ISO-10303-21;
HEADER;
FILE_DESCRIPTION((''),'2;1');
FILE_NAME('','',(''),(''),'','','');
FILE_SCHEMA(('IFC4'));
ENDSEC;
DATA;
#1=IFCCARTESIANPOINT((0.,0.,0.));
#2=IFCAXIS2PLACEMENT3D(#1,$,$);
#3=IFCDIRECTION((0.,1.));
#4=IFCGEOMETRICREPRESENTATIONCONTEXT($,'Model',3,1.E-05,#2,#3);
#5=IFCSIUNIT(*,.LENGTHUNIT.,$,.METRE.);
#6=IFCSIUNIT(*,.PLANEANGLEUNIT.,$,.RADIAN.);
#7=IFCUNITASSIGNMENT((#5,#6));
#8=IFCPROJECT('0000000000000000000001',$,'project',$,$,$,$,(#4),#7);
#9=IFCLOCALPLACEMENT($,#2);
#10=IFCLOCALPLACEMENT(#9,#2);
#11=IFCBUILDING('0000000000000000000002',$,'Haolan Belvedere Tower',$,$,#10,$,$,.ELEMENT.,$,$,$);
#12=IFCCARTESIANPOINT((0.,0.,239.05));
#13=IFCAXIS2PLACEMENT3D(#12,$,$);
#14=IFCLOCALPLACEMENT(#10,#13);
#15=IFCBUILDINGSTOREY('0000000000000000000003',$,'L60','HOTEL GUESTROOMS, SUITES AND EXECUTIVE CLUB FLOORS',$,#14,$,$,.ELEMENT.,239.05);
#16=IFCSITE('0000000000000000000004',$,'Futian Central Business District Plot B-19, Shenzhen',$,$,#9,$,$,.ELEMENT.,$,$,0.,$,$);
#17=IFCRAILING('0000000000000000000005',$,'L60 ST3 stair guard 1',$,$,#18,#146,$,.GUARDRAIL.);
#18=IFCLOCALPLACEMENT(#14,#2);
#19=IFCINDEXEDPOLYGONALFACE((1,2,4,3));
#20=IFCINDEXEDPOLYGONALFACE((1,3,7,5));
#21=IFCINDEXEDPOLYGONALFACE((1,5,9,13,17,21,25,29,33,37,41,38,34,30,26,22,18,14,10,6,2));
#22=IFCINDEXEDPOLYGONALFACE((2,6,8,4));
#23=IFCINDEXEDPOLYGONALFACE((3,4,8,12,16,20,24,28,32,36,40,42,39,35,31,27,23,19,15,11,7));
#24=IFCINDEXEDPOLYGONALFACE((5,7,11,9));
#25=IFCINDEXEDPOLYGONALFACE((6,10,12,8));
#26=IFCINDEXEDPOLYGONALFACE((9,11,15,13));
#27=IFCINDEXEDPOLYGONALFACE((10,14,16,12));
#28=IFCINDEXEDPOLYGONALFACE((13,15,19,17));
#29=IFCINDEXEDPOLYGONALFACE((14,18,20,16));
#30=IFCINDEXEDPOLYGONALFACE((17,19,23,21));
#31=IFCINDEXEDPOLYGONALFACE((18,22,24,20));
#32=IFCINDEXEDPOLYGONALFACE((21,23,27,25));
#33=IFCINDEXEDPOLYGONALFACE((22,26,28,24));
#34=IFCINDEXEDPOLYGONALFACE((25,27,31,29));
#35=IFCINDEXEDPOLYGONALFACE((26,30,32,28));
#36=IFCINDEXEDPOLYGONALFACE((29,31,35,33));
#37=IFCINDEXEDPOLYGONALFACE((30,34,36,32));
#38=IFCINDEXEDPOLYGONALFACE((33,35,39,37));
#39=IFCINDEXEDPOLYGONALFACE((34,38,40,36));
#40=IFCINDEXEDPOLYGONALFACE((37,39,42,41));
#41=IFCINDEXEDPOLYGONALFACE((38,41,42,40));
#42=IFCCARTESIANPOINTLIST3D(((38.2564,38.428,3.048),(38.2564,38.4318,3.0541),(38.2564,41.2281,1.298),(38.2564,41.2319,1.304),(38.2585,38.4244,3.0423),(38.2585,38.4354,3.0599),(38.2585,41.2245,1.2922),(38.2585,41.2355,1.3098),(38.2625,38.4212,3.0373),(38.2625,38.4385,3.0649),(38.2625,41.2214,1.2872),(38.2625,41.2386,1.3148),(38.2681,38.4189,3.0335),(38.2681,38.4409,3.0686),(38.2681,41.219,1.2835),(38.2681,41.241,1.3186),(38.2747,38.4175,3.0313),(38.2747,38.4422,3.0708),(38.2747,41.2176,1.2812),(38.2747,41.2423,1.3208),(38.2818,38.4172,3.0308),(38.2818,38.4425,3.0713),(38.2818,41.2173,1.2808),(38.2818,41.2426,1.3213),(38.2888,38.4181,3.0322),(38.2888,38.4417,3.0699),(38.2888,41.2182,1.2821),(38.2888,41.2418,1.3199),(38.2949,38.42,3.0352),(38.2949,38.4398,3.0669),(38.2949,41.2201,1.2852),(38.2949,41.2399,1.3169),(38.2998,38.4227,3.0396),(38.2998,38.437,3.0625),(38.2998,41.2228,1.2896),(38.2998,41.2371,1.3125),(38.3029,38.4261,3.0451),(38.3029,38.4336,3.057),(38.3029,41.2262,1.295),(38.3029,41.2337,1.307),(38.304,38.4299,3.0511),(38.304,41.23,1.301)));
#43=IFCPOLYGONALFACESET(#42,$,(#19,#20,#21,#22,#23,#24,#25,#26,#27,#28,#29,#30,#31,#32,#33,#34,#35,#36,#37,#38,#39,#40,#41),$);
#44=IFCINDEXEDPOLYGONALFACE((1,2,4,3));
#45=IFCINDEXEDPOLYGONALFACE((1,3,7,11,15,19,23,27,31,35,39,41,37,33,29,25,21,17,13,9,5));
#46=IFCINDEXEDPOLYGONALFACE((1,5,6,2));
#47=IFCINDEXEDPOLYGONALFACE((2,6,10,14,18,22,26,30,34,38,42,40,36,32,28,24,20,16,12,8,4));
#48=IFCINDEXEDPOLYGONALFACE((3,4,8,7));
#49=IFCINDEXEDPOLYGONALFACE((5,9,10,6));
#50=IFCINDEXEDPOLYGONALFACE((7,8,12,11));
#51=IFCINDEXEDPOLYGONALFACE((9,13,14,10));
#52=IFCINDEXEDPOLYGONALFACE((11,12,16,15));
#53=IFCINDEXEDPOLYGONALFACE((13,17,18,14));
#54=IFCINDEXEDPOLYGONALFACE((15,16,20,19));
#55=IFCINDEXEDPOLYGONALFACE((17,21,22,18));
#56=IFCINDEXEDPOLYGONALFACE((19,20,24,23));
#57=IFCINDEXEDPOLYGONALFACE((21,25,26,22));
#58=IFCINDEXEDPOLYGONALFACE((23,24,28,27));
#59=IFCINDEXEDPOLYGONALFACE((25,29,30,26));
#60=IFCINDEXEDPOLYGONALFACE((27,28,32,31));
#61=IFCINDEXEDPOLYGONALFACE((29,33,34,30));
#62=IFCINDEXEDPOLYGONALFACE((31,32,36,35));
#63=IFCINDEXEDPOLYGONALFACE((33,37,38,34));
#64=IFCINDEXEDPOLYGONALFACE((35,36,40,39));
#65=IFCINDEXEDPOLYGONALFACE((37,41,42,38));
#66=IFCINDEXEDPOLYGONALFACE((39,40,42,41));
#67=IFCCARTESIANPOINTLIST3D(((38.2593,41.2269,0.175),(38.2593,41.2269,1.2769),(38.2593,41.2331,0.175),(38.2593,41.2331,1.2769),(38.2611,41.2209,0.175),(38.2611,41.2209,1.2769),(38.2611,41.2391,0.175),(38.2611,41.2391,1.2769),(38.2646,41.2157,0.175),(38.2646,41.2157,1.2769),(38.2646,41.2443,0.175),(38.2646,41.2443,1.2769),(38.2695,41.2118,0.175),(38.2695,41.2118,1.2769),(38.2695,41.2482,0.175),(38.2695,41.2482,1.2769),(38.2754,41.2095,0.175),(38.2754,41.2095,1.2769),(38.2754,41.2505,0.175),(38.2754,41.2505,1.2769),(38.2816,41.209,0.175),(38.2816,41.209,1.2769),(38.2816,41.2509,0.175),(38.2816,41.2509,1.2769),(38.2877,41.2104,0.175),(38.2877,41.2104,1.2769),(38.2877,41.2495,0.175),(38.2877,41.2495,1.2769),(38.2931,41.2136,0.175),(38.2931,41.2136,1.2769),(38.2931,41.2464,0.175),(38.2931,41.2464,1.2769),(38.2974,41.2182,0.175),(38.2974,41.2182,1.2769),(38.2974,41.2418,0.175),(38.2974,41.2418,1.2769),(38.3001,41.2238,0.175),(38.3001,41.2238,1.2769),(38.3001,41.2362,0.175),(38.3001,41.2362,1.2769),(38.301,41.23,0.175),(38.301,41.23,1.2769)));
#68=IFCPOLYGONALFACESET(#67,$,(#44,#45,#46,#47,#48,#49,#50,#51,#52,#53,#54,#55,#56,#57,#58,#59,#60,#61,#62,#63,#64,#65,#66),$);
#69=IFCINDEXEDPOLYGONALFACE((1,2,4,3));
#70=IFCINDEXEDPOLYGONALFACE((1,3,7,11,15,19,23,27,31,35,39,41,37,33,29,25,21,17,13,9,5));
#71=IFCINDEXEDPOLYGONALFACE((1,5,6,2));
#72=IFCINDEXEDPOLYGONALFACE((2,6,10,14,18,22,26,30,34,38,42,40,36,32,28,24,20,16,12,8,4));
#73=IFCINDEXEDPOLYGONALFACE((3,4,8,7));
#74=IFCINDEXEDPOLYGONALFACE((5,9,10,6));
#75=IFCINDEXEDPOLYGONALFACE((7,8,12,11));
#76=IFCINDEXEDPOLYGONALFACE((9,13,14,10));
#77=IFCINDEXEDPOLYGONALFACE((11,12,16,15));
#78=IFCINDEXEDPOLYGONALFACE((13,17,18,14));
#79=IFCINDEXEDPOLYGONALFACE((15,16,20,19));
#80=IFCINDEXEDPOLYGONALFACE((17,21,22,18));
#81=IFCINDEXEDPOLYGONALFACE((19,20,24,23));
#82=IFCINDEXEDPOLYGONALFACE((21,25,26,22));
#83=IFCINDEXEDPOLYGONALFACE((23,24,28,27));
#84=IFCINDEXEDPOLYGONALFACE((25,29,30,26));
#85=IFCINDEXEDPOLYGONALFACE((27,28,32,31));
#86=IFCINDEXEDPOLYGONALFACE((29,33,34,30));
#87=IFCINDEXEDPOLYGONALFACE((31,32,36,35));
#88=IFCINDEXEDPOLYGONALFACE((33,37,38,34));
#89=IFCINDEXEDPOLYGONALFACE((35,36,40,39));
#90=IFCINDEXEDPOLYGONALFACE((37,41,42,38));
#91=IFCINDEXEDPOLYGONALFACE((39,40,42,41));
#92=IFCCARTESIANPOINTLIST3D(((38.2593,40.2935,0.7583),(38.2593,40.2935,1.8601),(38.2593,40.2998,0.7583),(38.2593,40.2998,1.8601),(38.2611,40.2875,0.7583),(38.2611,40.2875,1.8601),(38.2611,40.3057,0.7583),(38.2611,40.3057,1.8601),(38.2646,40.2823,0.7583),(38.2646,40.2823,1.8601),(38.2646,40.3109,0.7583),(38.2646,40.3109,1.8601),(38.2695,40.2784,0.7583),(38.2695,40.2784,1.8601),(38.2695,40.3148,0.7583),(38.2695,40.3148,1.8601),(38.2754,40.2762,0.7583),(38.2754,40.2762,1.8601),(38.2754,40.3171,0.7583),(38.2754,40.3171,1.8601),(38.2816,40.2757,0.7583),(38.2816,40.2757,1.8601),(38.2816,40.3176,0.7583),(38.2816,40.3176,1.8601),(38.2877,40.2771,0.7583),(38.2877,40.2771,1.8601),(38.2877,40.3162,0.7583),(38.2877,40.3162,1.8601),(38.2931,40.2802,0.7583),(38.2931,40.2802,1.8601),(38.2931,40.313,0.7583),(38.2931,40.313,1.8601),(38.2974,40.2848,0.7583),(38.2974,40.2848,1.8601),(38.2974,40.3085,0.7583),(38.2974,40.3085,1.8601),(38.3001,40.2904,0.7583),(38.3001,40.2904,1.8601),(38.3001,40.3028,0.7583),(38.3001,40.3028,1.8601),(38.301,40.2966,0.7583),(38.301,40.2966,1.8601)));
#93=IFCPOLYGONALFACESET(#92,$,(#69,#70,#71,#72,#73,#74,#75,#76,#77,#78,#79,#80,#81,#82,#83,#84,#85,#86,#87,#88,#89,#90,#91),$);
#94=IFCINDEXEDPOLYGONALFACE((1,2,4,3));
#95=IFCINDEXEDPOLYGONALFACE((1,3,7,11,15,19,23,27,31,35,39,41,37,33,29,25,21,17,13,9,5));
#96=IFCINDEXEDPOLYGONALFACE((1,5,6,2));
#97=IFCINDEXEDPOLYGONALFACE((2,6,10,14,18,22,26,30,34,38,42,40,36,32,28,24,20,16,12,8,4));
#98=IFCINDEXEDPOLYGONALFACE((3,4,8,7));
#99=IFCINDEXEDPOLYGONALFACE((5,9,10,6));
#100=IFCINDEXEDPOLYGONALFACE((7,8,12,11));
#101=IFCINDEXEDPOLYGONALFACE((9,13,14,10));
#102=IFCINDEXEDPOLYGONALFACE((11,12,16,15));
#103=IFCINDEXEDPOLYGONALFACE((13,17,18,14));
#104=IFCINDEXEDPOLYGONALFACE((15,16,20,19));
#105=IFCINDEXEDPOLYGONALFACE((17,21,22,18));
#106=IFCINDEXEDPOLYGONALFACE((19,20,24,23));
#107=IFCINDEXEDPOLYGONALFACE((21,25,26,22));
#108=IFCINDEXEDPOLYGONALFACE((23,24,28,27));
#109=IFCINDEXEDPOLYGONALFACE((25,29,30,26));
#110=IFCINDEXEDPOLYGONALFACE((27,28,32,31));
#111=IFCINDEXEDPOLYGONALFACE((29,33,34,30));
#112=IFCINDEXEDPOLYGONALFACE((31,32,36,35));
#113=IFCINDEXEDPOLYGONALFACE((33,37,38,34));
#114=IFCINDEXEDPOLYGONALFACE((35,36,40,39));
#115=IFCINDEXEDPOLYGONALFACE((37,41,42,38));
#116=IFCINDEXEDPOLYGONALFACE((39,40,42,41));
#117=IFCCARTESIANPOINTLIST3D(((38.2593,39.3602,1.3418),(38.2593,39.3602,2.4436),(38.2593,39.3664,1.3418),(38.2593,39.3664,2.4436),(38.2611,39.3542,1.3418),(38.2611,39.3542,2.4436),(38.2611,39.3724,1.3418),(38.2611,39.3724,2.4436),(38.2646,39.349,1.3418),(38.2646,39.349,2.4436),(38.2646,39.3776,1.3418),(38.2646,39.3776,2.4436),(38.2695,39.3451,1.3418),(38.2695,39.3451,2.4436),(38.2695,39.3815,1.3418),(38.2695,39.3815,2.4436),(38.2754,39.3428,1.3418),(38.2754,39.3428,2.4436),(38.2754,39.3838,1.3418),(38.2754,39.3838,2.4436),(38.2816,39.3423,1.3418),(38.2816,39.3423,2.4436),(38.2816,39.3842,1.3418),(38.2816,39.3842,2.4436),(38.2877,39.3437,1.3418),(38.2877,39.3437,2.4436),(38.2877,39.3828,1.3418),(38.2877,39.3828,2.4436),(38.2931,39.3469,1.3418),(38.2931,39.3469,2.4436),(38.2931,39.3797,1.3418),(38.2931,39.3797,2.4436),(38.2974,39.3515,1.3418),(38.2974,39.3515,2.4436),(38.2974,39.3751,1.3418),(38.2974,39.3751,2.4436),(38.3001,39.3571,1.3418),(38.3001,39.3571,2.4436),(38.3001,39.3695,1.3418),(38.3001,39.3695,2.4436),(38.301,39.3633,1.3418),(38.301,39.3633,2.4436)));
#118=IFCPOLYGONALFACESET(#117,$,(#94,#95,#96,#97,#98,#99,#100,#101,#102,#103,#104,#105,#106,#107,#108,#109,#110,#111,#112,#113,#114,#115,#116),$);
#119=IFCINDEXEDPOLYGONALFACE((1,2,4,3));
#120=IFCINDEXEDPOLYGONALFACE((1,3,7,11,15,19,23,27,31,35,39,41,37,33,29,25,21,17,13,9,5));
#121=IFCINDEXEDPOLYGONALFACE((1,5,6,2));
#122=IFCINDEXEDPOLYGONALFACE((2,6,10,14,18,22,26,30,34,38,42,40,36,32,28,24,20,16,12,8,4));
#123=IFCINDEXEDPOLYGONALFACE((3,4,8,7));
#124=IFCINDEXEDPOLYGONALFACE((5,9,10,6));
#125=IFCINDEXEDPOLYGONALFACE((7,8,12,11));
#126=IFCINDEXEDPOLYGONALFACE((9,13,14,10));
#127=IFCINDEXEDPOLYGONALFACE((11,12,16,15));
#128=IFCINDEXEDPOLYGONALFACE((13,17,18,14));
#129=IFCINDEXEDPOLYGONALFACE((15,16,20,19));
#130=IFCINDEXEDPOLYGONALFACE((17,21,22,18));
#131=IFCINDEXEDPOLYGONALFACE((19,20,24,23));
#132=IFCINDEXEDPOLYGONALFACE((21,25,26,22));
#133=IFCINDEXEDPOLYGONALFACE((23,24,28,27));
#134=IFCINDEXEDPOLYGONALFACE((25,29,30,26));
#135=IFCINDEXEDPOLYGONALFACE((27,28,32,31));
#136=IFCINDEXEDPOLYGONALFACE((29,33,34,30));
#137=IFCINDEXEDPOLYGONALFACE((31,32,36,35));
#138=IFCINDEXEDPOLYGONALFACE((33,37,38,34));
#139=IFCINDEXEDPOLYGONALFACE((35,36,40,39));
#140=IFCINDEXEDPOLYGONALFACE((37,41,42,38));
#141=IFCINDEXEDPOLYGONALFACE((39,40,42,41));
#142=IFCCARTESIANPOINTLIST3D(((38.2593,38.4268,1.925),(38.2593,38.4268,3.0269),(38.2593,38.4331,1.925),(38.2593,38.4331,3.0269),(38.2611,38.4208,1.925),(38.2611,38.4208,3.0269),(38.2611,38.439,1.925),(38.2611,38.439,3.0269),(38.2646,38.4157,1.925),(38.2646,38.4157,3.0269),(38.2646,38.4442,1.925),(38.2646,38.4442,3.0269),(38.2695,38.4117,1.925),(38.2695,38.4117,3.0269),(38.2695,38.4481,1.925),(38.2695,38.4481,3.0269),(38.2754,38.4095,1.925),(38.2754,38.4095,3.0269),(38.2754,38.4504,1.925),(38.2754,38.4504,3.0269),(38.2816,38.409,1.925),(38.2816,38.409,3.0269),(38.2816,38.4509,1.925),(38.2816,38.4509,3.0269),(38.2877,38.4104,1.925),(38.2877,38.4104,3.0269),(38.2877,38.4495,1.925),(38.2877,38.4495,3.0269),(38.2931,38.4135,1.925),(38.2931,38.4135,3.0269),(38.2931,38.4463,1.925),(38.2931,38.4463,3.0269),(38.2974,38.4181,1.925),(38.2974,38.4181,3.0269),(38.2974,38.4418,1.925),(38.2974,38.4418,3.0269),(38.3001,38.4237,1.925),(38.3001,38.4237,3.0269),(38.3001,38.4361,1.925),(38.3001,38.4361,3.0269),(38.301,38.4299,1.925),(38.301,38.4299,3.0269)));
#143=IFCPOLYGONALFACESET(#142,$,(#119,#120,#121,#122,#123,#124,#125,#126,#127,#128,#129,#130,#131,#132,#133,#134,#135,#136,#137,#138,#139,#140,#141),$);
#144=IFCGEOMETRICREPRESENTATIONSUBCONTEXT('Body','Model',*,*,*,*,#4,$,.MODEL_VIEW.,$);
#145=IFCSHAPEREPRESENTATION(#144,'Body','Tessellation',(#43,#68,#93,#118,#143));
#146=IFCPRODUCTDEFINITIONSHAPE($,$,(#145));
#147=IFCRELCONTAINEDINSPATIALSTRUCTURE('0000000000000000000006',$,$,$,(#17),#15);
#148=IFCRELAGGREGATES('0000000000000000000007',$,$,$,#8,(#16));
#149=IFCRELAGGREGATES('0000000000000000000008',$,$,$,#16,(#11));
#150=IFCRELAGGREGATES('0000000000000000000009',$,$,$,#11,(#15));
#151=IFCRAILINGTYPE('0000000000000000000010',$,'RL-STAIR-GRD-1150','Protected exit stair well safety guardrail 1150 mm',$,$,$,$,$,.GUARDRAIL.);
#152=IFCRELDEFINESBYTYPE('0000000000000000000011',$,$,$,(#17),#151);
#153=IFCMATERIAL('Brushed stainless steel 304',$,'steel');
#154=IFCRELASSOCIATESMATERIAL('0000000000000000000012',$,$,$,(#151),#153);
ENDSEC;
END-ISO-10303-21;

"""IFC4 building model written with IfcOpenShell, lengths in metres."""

from ifc_helpers import new_model, si_unit, direction, frame, origin, origin_2d, place, context, subcontext, project, spatial, circle, extrude, material, type_object, element, save


model = new_model("IFC4")

# Units and contexts
model_context = context("Model", 3, precision=1e-05, world=origin(), true_north=direction((0.0, 1.0)))
body_context = subcontext(model_context, "Body", "Model", "MODEL_VIEW")
ifc_project = project(units=[si_unit("LENGTHUNIT", "METRE"), si_unit("PLANEANGLEUNIT", "RADIAN")], contexts=[model_context])

# Site, building, storey
site_placement = place(None, origin())
site = spatial("IfcSite", under=ifc_project, at=site_placement, Name="Futian Central Business District Plot B-19, Shenzhen", CompositionType="ELEMENT", RefElevation=0.0)
building_placement = place(site_placement, origin())
building = spatial("IfcBuilding", under=site, at=building_placement, Name="Haolan Belvedere Tower", CompositionType="ELEMENT")
storey_placement = place(building_placement, frame((0.0, 0.0, 239.05)))
storey = spatial("IfcBuildingStorey", under=building, at=storey_placement, Name="L60", Description="HOTEL GUESTROOMS, SUITES AND EXECUTIVE CLUB FLOORS", CompositionType="ELEMENT", Elevation=239.05)

# Railing
ifc_material_1 = material(Name="Brushed stainless steel 304", Category="steel")
railing_type_1 = type_object("IfcRailingType", Name="RL-STAIR-GRD-1150", Description="Protected exit stair well safety guardrail 1150 mm", PredefinedType="GUARDRAIL", material=ifc_material_1)
railing_1_placement = place(storey_placement, frame((38.28, 41.23, 0.175)))
element("IfcRailing", 1, at=railing_1_placement, inside=storey, type_object=railing_type_1, Name="L60 ST3 stair guard 1", PredefinedType="GUARDRAIL", context=body_context, shape_type="SweptSolid", body=[
    extrude(circle(Radius=0.0239, at=origin_2d()), frame((0.0, 0.0, 1.126), z_axis=(0.0, -0.848002, 0.529992), x_axis=(1.0, 0.0, 0.0)), (0.0, 0.0, 1.0), 3.302),
    extrude(circle(Radius=0.021, at=origin_2d()), origin(), (0.0, 0.0, 1.0), 1.1018),
    extrude(circle(Radius=0.021, at=origin_2d()), frame((0.0, -0.9333, 0.5833)), (0.0, 0.0, 1.0), 1.1018),
    extrude(circle(Radius=0.021, at=origin_2d()), frame((0.0, -1.8667, 1.1667)), (0.0, 0.0, 1.0), 1.1018),
    extrude(circle(Radius=0.021, at=origin_2d()), frame((0.0, -2.8, 1.75)), (0.0, 0.0, 1.0), 1.1018),
])

save(model, "model.ifc")
